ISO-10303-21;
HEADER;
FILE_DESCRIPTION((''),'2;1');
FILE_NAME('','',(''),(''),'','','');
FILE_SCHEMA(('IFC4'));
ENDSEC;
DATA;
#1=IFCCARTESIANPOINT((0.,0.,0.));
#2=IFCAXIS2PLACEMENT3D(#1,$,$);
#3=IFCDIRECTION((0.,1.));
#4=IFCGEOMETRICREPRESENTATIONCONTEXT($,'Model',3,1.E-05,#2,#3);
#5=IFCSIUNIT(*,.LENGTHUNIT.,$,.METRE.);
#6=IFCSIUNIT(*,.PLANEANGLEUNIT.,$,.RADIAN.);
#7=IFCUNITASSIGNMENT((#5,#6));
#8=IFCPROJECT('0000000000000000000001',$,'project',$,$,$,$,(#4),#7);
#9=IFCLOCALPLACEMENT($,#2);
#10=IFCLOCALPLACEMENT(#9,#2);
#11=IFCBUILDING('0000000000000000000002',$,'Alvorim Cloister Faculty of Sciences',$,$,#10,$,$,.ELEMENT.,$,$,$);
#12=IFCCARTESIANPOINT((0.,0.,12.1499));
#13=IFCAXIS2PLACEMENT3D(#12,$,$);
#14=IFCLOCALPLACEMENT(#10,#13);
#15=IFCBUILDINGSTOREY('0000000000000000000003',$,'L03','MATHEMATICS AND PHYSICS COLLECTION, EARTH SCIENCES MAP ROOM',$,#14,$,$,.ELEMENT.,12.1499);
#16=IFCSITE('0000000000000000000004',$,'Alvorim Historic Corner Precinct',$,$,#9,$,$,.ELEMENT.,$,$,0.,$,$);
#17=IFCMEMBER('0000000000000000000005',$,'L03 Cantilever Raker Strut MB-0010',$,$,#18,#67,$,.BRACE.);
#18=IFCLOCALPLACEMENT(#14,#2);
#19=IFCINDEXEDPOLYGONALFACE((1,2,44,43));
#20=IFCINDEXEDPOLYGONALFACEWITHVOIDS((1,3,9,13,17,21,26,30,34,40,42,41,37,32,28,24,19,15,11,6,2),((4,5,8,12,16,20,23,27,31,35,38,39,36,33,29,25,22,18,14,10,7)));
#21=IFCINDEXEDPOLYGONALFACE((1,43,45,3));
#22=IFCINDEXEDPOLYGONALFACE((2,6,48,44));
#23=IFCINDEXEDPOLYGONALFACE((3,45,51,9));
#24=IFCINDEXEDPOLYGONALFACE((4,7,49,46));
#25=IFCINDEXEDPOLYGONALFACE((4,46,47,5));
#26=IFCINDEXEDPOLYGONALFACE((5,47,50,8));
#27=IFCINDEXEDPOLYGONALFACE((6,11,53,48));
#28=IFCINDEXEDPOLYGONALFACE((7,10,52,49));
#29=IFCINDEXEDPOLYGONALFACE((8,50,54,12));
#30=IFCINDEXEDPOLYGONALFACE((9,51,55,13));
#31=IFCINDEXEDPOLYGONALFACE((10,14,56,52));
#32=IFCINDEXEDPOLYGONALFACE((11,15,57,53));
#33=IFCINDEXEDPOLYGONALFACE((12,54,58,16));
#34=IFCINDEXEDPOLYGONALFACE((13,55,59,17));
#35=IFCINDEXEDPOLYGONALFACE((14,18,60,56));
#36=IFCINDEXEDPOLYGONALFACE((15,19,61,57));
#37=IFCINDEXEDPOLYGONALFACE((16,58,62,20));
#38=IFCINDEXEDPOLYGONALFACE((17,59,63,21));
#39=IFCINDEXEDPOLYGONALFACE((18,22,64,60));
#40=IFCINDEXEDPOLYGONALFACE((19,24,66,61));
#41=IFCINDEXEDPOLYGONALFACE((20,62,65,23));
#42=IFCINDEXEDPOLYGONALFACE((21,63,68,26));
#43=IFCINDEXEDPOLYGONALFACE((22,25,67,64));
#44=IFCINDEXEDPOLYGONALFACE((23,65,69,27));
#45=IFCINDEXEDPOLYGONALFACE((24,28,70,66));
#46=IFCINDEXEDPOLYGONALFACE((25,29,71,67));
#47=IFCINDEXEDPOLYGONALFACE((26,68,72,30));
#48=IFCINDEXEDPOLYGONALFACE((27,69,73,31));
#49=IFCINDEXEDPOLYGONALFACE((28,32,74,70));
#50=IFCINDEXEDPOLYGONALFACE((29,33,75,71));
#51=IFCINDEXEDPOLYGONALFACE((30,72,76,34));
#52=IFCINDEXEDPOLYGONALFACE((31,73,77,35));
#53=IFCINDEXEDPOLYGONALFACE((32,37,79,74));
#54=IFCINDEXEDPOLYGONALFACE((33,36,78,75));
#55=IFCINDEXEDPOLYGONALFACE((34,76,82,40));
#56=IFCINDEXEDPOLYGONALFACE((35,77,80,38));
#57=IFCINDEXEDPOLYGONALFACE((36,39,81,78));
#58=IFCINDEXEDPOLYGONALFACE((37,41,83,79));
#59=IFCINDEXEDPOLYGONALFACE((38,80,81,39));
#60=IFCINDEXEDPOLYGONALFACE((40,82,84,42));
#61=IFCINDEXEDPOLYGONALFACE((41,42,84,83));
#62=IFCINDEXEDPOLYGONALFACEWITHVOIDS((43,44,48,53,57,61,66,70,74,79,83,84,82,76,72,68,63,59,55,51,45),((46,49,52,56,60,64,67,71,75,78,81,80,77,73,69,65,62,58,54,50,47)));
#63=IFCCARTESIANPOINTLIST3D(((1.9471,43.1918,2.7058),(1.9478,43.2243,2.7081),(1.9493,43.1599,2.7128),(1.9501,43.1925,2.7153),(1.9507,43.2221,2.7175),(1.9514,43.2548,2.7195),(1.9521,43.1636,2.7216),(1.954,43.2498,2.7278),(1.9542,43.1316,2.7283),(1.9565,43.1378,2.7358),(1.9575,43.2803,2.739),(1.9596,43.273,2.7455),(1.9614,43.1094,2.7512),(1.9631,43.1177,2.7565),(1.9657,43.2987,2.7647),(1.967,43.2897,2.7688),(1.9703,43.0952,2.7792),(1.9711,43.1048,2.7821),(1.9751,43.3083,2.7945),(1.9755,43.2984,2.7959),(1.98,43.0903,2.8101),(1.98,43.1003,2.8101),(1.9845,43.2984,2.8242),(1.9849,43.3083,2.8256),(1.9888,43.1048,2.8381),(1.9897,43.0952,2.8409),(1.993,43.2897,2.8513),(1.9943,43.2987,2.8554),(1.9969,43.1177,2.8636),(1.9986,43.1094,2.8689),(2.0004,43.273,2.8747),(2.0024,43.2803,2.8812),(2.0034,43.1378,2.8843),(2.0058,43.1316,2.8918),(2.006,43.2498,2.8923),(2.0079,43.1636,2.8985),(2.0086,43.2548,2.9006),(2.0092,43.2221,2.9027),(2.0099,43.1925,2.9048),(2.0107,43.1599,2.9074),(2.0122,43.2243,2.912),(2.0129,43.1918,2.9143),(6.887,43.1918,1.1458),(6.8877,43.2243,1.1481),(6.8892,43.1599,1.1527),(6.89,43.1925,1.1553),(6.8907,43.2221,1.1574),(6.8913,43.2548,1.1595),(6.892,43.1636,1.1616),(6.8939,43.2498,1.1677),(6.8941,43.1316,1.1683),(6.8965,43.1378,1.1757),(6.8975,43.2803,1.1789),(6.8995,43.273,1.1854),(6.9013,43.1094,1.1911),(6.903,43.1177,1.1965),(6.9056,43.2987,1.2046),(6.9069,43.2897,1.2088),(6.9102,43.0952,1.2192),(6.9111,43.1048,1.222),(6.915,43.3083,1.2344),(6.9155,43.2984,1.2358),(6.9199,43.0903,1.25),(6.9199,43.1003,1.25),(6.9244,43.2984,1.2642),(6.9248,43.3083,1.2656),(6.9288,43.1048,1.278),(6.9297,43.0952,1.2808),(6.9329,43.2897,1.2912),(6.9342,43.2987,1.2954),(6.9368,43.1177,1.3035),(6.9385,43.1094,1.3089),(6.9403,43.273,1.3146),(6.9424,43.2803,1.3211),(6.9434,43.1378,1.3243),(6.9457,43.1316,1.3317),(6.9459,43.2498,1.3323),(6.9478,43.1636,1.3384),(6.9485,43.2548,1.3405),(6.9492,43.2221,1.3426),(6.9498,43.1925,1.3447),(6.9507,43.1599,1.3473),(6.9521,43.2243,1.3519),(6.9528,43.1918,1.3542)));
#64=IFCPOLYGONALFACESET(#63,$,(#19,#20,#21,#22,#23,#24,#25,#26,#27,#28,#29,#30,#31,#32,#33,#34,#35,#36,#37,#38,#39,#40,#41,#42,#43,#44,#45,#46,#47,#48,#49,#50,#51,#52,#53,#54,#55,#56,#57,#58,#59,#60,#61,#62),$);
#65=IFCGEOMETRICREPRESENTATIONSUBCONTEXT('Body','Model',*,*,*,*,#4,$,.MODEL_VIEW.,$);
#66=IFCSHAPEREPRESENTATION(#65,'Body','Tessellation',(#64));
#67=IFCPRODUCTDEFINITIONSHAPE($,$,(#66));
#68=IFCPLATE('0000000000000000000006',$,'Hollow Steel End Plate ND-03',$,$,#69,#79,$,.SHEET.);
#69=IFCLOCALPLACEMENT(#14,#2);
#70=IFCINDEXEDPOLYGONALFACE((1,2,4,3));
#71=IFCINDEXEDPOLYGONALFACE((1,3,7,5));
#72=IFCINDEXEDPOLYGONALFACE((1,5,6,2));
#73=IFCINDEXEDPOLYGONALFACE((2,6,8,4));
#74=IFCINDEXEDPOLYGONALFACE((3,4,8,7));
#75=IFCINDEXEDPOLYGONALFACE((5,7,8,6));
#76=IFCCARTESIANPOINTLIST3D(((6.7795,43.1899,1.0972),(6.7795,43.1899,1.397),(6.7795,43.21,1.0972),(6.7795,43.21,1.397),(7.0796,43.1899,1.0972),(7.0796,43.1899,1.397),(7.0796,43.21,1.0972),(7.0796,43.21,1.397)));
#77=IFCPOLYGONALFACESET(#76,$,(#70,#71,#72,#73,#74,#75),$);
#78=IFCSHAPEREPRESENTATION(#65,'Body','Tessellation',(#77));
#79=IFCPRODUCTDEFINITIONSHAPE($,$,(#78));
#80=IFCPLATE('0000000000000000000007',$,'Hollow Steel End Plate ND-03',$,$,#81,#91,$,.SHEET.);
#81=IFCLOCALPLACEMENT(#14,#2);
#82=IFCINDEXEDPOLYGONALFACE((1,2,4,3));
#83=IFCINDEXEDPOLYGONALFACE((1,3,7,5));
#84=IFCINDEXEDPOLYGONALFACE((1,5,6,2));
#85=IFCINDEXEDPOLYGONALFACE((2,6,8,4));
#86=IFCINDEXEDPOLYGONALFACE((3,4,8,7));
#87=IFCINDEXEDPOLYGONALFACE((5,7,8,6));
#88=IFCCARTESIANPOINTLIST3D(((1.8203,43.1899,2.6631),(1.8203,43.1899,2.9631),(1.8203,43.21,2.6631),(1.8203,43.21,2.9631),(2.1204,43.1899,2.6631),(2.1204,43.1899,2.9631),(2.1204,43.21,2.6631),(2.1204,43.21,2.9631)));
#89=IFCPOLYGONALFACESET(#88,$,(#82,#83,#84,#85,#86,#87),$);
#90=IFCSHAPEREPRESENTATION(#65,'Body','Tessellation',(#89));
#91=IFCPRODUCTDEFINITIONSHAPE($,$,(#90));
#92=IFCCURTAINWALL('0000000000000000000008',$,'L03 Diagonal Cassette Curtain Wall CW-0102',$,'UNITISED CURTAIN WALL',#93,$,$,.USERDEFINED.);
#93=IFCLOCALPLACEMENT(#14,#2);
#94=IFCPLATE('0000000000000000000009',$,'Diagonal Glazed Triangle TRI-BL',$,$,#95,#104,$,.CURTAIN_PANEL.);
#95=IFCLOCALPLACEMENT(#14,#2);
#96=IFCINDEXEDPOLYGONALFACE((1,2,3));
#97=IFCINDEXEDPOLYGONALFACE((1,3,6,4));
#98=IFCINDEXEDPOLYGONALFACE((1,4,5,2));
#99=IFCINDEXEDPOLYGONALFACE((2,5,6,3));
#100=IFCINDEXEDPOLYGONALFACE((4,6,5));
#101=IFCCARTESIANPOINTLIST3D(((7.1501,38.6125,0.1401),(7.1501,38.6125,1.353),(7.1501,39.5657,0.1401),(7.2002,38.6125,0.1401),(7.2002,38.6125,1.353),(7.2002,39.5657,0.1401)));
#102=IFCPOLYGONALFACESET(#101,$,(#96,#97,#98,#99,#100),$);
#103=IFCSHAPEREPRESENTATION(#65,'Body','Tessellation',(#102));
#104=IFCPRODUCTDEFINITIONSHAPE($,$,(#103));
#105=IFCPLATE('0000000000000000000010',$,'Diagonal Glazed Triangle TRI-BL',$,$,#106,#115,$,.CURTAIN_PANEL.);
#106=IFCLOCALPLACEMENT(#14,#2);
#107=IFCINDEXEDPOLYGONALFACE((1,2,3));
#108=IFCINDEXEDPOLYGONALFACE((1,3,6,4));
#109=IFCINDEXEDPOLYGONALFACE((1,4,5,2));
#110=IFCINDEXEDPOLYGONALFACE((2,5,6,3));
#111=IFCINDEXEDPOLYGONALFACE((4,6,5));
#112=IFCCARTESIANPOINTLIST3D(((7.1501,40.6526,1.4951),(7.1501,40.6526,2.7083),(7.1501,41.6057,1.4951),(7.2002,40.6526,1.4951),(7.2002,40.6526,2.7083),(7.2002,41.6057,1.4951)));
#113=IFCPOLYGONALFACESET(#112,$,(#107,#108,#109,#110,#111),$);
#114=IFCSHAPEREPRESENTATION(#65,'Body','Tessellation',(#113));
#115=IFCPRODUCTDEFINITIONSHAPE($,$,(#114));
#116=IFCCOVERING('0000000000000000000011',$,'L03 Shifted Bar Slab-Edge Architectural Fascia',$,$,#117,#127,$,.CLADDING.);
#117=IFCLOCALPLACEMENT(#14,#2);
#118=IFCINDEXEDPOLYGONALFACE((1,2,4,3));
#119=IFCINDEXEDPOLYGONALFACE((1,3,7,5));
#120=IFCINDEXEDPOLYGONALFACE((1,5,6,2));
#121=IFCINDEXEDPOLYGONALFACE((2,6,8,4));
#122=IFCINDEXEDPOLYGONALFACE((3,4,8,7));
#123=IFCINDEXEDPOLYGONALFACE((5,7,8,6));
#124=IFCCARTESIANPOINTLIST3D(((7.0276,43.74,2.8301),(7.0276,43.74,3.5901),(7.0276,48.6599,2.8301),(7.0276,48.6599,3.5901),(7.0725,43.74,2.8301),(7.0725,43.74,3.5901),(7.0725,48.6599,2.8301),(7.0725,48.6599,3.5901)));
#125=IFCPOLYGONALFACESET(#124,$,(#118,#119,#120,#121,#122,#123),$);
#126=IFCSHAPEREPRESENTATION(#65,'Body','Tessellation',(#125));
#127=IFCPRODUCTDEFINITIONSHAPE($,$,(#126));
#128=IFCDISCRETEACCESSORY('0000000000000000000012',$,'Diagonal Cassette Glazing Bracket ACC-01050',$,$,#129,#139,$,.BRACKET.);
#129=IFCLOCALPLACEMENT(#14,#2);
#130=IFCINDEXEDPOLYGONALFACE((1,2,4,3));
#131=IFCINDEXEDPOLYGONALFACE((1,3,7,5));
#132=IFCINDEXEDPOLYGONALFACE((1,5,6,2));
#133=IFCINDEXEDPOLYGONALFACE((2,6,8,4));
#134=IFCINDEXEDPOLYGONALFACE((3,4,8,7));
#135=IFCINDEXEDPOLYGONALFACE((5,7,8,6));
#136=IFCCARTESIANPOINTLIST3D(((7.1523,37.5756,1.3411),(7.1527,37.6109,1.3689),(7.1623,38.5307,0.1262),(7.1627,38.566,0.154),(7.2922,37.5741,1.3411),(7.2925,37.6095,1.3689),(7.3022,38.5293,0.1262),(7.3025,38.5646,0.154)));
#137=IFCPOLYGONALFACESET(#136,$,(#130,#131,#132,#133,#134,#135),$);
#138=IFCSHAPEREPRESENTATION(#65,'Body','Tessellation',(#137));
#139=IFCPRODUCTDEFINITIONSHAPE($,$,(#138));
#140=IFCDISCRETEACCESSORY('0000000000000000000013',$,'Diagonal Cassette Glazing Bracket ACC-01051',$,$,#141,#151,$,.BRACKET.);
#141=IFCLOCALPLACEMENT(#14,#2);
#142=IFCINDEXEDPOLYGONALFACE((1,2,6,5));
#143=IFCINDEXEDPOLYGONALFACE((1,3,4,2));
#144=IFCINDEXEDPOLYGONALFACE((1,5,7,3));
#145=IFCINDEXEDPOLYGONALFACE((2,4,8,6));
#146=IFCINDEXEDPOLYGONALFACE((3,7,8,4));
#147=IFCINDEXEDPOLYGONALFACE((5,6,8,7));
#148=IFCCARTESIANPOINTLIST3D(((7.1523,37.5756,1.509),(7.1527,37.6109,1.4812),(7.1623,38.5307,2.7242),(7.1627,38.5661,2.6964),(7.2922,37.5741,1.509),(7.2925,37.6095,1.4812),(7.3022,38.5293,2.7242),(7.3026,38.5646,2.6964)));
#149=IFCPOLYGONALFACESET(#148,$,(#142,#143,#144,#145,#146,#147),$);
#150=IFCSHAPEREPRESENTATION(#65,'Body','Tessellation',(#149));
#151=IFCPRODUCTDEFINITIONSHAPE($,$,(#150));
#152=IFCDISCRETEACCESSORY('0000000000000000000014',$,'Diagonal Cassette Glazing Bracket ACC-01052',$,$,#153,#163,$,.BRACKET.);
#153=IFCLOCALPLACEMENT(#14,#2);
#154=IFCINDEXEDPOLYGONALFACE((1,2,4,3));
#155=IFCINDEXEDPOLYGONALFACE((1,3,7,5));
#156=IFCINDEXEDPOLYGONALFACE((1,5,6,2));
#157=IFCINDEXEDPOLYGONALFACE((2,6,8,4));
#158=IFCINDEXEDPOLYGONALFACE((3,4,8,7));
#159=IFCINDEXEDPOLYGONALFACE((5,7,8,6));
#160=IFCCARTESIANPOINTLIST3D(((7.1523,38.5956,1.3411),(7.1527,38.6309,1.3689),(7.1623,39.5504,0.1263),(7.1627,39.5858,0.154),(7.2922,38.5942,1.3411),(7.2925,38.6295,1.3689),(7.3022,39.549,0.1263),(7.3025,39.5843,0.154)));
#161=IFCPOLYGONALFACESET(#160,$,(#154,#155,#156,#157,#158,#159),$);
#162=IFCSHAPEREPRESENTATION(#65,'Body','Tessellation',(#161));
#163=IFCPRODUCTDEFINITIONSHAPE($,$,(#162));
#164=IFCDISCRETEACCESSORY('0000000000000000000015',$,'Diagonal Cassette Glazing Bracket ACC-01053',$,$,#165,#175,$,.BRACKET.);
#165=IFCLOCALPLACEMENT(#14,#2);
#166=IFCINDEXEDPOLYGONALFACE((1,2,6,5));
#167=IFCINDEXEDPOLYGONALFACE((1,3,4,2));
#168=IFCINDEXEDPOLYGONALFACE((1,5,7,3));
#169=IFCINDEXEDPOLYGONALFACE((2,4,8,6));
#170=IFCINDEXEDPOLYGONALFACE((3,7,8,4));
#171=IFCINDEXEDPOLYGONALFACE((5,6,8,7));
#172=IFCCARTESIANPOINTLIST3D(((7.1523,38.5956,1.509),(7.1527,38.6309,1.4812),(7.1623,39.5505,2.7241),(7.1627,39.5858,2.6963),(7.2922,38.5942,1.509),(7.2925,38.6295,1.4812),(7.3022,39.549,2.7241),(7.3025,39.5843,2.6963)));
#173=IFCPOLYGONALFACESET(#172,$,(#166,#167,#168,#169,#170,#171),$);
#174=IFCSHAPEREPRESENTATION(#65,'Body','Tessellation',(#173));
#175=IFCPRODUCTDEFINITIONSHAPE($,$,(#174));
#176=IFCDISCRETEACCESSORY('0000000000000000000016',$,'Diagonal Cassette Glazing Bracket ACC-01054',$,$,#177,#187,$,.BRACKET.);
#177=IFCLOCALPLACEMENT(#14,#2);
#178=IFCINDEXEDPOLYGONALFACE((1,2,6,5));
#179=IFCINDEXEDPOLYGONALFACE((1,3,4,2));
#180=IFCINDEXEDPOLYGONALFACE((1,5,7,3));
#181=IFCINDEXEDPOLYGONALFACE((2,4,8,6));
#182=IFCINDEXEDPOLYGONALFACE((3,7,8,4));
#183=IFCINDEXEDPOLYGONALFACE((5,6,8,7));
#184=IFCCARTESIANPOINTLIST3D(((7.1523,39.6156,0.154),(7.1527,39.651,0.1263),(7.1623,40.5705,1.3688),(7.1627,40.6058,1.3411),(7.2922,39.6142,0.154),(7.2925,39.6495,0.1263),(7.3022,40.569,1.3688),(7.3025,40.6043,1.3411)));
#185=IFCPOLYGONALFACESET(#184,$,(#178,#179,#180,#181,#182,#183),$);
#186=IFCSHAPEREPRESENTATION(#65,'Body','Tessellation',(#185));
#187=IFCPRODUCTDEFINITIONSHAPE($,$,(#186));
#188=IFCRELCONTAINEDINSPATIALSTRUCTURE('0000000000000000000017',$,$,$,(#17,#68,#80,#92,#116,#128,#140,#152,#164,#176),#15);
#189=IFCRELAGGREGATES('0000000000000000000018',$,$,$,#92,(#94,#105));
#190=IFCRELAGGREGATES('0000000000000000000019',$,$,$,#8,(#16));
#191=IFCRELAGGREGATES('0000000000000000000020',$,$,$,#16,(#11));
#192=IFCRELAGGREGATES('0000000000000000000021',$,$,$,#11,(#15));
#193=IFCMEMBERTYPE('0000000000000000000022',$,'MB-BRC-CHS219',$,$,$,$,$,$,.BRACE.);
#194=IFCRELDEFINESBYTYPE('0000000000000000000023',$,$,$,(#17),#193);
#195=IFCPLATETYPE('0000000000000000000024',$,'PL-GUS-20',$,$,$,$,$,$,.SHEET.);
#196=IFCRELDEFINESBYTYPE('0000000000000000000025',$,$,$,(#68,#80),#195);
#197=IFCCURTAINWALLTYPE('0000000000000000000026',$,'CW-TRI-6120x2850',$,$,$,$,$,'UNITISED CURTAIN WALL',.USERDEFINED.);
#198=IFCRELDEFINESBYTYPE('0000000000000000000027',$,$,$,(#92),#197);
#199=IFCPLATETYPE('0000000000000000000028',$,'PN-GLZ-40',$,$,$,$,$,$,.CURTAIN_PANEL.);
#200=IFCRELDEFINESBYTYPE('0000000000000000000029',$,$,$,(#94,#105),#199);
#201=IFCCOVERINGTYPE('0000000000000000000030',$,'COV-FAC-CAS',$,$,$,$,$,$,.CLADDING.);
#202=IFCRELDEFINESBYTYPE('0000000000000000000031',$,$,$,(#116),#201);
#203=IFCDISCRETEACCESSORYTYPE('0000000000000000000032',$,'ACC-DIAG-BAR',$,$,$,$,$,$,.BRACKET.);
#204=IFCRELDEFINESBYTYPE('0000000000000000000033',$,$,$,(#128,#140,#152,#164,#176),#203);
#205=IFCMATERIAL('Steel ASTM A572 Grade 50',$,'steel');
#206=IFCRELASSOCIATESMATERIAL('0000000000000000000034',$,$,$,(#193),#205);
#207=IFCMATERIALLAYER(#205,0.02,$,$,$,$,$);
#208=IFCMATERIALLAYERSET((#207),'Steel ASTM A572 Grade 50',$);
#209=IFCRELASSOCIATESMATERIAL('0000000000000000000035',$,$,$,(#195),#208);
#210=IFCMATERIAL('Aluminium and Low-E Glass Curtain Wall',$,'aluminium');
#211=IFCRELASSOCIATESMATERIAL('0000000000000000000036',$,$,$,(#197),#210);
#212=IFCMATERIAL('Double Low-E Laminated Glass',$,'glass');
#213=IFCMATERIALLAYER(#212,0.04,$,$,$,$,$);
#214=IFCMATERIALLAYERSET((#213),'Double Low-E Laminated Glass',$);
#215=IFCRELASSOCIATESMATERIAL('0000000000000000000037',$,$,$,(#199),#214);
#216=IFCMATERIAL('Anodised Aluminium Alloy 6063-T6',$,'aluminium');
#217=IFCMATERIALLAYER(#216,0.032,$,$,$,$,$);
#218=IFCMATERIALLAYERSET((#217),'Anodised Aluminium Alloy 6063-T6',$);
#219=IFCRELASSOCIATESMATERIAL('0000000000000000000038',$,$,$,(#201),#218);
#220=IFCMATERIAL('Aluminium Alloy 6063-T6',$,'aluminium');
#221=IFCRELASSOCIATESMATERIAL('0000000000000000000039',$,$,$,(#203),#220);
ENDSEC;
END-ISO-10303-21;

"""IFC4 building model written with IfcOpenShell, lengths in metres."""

from ifc_helpers import new_model, si_unit, direction, frame, origin, origin_2d, place, context, subcontext, project, spatial, polyline, rectangle, hollow_circle, outline, extrude, material, layer, layer_set, material_profile, profile_set, type_object, element, aggregate, save


model = new_model("IFC4")

# Units and contexts
model_context = context("Model", 3, precision=1e-05, world=origin(), true_north=direction((0.0, 1.0)))
body_context = subcontext(model_context, "Body", "Model", "MODEL_VIEW")
ifc_project = project(units=[si_unit("LENGTHUNIT", "METRE"), si_unit("PLANEANGLEUNIT", "RADIAN")], contexts=[model_context])

# Site, building, storey
site_placement = place(None, origin())
site = spatial("IfcSite", under=ifc_project, at=site_placement, Name="Alvorim Historic Corner Precinct", CompositionType="ELEMENT", RefElevation=0.0)
building_placement = place(site_placement, origin())
building = spatial("IfcBuilding", under=site, at=building_placement, Name="Alvorim Cloister Faculty of Sciences", CompositionType="ELEMENT")
storey_placement = place(building_placement, frame((0.0, 0.0, 12.1499)))
storey = spatial("IfcBuildingStorey", under=building, at=storey_placement, Name="L03", Description="MATHEMATICS AND PHYSICS COLLECTION, EARTH SCIENCES MAP ROOM", CompositionType="ELEMENT", Elevation=12.1499)

# Shared definitions
ifc_material_1 = material(Name="Steel ASTM A572 Grade 50", Category="steel")

# Member
ifc_material_profile_1 = material_profile(ifc_material_1, hollow_circle(Radius=0.1096, WallThickness=0.01, at=origin_2d()), Name="CHS219.1x10")
ifc_profile_set_1 = profile_set([ifc_material_profile_1], Name="Steel ASTM A572 Grade 50")
member_type = type_object("IfcMemberType", Name="MB-BRC-CHS219", PredefinedType="BRACE", material=ifc_profile_set_1)
member_placement = place(storey_placement, frame((6.9199, 43.2, 1.25), z_axis=(-0.953578, 0.0, 0.301145), x_axis=(0.0, -1.0, 0.0)))
element("IfcMember", 1, at=member_placement, inside=storey, type_object=member_type, Name="L03 Cantilever Raker Strut MB-0010", PredefinedType="BRACE", context=body_context, shape_type="SweptSolid", body=[
    extrude(hollow_circle(Radius=0.1096, WallThickness=0.01, at=origin_2d()), origin(), (0.0, 0.0, 1.0), 5.1804),
])

# Plates
ifc_layer_1 = layer(ifc_material_1, 0.02)
ifc_layer_set_1 = layer_set([ifc_layer_1], Name="Steel ASTM A572 Grade 50")
plate_type_1 = type_object("IfcPlateType", Name="PL-GUS-20", PredefinedType="SHEET", material=ifc_layer_set_1)
plate_1_placement = place(storey_placement, frame((7.0796, 43.2, 1.0972), z_axis=(0.0, 0.0, 1.0), x_axis=(-1.0, 0.0, 0.0)))
element("IfcPlate", 2, at=plate_1_placement, inside=storey, type_object=plate_type_1, Name="Hollow Steel End Plate ND-03", PredefinedType="SHEET", context=body_context, shape_type="SweptSolid", body=[
    extrude(outline(polyline([(0.0, 0.0), (0.3, 0.0), (0.3, 0.2998), (0.0, 0.2998), (0.0, 0.0)])), frame((0.0, 0.01, 0.0), z_axis=(0.0, -1.0, 0.0), x_axis=(1.0, 0.0, 0.0)), (0.0, 0.0, 1.0), 0.02),
])
plate_2_placement = place(storey_placement, frame((2.1204, 43.2, 2.6631), z_axis=(0.0, 0.0, 1.0), x_axis=(-1.0, 0.0, 0.0)))
element("IfcPlate", 3, at=plate_2_placement, inside=storey, type_object=plate_type_1, Name="Hollow Steel End Plate ND-03", PredefinedType="SHEET", context=body_context, shape_type="SweptSolid", body=[
    extrude(outline(polyline([(0.0, 0.0), (0.3, 0.0), (0.3, 0.3), (0.0, 0.3), (0.0, 0.0)])), frame((0.0, 0.01, 0.0), z_axis=(0.0, -1.0, 0.0), x_axis=(1.0, 0.0, 0.0)), (0.0, 0.0, 1.0), 0.02),
])

# Curtain wall, plates
ifc_material_2 = material(Name="Aluminium and Low-E Glass Curtain Wall", Category="aluminium")
curtain_wall_type = type_object("IfcCurtainWallType", Name="CW-TRI-6120x2850", ElementType="UNITISED CURTAIN WALL", PredefinedType="USERDEFINED", material=ifc_material_2)
curtain_wall_placement = place(storey_placement, origin())
curtain_wall = element("IfcCurtainWall", 4, at=curtain_wall_placement, inside=storey, type_object=curtain_wall_type, Name="L03 Diagonal Cassette Curtain Wall CW-0102", ObjectType="UNITISED CURTAIN WALL", PredefinedType="USERDEFINED")
ifc_material_3 = material(Name="Double Low-E Laminated Glass", Category="glass")
ifc_layer_2 = layer(ifc_material_3, 0.04)
ifc_layer_set_2 = layer_set([ifc_layer_2], Name="Double Low-E Laminated Glass")
plate_type_2 = type_object("IfcPlateType", Name="PN-GLZ-40", PredefinedType="CURTAIN_PANEL", material=ifc_layer_set_2)
plate_3_placement = place(storey_placement, frame((7.175, 38.6125, 0.1401), z_axis=(0.0, 0.0, 1.0), x_axis=(0.0, 1.0, 0.0)))
plate_3 = element("IfcPlate", 5, at=plate_3_placement, type_object=plate_type_2, Name="Diagonal Glazed Triangle TRI-BL", PredefinedType="CURTAIN_PANEL", context=body_context, shape_type="SweptSolid", body=[
    extrude(outline(polyline([(0.0, 0.0), (0.9531, 0.0), (0.0, 1.2129), (0.0, 0.0)])), frame((0.0, 0.0249, 0.0), z_axis=(0.0, -1.0, 0.0), x_axis=(1.0, 0.0, 0.0)), (0.0, 0.0, 1.0), 0.05),
])
plate_4_placement = place(storey_placement, frame((7.175, 40.6526, 1.4951), z_axis=(0.0, 0.0, 1.0), x_axis=(0.0, 1.0, 0.0)))
plate_4 = element("IfcPlate", 6, at=plate_4_placement, type_object=plate_type_2, Name="Diagonal Glazed Triangle TRI-BL", PredefinedType="CURTAIN_PANEL", context=body_context, shape_type="SweptSolid", body=[
    extrude(outline(polyline([(0.0, 0.0), (0.9531, 0.0), (0.0, 1.2131), (0.0, 0.0)])), frame((0.0, 0.0249, 0.0), z_axis=(0.0, -1.0, 0.0), x_axis=(1.0, 0.0, 0.0)), (0.0, 0.0, 1.0), 0.05),
])
aggregate(curtain_wall, [plate_3, plate_4])

# Covering
ifc_material_4 = material(Name="Anodised Aluminium Alloy 6063-T6", Category="aluminium")
ifc_layer_3 = layer(ifc_material_4, 0.032)
ifc_layer_set_3 = layer_set([ifc_layer_3], Name="Anodised Aluminium Alloy 6063-T6")
covering_type = type_object("IfcCoveringType", Name="COV-FAC-CAS", PredefinedType="CLADDING", material=ifc_layer_set_3)
covering_placement = place(storey_placement, frame((7.05, 43.74, 2.8301), z_axis=(0.0, 0.0, 1.0), x_axis=(0.0, 1.0, 0.0)))
element("IfcCovering", 7, at=covering_placement, inside=storey, type_object=covering_type, Name="L03 Shifted Bar Slab-Edge Architectural Fascia", PredefinedType="CLADDING", context=body_context, shape_type="SweptSolid", body=[
    extrude(outline(polyline([(0.0, 0.0), (4.9199, 0.0), (4.9199, 0.76), (0.0, 0.76), (0.0, 0.0)])), frame((0.0, 0.0225, 0.0), z_axis=(0.0, -1.0, 0.0), x_axis=(1.0, 0.0, 0.0)), (0.0, 0.0, 1.0), 0.0449),
])

# Discrete accessories
ifc_material_5 = material(Name="Aluminium Alloy 6063-T6", Category="aluminium")
discrete_accessory_type = type_object("IfcDiscreteAccessoryType", Name="ACC-DIAG-BAR", PredefinedType="BRACKET", material=ifc_material_5)
discrete_accessory_1_placement = place(storey_placement, frame((7.2224, 37.5925, 1.355), z_axis=(0.006477, 0.618032, -0.786126), x_axis=(-0.999945, 0.01048, 0.0)))
element("IfcDiscreteAccessory", 8, at=discrete_accessory_1_placement, inside=storey, type_object=discrete_accessory_type, Name="Diagonal Cassette Glazing Bracket ACC-01050", PredefinedType="BRACKET", context=body_context, shape_type="SweptSolid", body=[
    extrude(rectangle(XDim=0.1399, YDim=0.0449, at=origin_2d()), origin(), (0.0, 0.0, 1.0), 1.5454),
])
discrete_accessory_2_placement = place(storey_placement, frame((7.2224, 37.5925, 1.4951), z_axis=(0.006477, 0.617955, 0.786187), x_axis=(-0.999945, 0.01048, 0.0)))
element("IfcDiscreteAccessory", 9, at=discrete_accessory_2_placement, inside=storey, type_object=discrete_accessory_type, Name="Diagonal Cassette Glazing Bracket ACC-01051", PredefinedType="BRACKET", context=body_context, shape_type="SweptSolid", body=[
    extrude(rectangle(XDim=0.1399, YDim=0.0449, at=origin_2d()), origin(), (0.0, 0.0, 1.0), 1.5457),
])
discrete_accessory_3_placement = place(storey_placement, frame((7.2224, 38.6125, 1.355), z_axis=(0.006478, 0.617934, -0.786203), x_axis=(-0.999945, 0.010483, 0.0)))
element("IfcDiscreteAccessory", 10, at=discrete_accessory_3_placement, inside=storey, type_object=discrete_accessory_type, Name="Diagonal Cassette Glazing Bracket ACC-01052", PredefinedType="BRACKET", context=body_context, shape_type="SweptSolid", body=[
    extrude(rectangle(XDim=0.1399, YDim=0.0449, at=origin_2d()), origin(), (0.0, 0.0, 1.0), 1.5452),
])
discrete_accessory_4_placement = place(storey_placement, frame((7.2224, 38.6125, 1.4951), z_axis=(0.006477, 0.617857, 0.786263), x_axis=(-0.999945, 0.010483, 0.0)))
element("IfcDiscreteAccessory", 11, at=discrete_accessory_4_placement, inside=storey, type_object=discrete_accessory_type, Name="Diagonal Cassette Glazing Bracket ACC-01053", PredefinedType="BRACKET", context=body_context, shape_type="SweptSolid", body=[
    extrude(rectangle(XDim=0.1399, YDim=0.0449, at=origin_2d()), origin(), (0.0, 0.0, 1.0), 1.5454),
])
discrete_accessory_5_placement = place(storey_placement, frame((7.2224, 39.6326, 0.1401), z_axis=(0.006478, 0.617934, 0.786203), x_axis=(-0.999945, 0.010483, 0.0)))
element("IfcDiscreteAccessory", 12, at=discrete_accessory_5_placement, inside=storey, type_object=discrete_accessory_type, Name="Diagonal Cassette Glazing Bracket ACC-01054", PredefinedType="BRACKET", context=body_context, shape_type="SweptSolid", body=[
    extrude(rectangle(XDim=0.1399, YDim=0.0449, at=origin_2d()), origin(), (0.0, 0.0, 1.0), 1.5452),
])

save(model, "model.ifc")
